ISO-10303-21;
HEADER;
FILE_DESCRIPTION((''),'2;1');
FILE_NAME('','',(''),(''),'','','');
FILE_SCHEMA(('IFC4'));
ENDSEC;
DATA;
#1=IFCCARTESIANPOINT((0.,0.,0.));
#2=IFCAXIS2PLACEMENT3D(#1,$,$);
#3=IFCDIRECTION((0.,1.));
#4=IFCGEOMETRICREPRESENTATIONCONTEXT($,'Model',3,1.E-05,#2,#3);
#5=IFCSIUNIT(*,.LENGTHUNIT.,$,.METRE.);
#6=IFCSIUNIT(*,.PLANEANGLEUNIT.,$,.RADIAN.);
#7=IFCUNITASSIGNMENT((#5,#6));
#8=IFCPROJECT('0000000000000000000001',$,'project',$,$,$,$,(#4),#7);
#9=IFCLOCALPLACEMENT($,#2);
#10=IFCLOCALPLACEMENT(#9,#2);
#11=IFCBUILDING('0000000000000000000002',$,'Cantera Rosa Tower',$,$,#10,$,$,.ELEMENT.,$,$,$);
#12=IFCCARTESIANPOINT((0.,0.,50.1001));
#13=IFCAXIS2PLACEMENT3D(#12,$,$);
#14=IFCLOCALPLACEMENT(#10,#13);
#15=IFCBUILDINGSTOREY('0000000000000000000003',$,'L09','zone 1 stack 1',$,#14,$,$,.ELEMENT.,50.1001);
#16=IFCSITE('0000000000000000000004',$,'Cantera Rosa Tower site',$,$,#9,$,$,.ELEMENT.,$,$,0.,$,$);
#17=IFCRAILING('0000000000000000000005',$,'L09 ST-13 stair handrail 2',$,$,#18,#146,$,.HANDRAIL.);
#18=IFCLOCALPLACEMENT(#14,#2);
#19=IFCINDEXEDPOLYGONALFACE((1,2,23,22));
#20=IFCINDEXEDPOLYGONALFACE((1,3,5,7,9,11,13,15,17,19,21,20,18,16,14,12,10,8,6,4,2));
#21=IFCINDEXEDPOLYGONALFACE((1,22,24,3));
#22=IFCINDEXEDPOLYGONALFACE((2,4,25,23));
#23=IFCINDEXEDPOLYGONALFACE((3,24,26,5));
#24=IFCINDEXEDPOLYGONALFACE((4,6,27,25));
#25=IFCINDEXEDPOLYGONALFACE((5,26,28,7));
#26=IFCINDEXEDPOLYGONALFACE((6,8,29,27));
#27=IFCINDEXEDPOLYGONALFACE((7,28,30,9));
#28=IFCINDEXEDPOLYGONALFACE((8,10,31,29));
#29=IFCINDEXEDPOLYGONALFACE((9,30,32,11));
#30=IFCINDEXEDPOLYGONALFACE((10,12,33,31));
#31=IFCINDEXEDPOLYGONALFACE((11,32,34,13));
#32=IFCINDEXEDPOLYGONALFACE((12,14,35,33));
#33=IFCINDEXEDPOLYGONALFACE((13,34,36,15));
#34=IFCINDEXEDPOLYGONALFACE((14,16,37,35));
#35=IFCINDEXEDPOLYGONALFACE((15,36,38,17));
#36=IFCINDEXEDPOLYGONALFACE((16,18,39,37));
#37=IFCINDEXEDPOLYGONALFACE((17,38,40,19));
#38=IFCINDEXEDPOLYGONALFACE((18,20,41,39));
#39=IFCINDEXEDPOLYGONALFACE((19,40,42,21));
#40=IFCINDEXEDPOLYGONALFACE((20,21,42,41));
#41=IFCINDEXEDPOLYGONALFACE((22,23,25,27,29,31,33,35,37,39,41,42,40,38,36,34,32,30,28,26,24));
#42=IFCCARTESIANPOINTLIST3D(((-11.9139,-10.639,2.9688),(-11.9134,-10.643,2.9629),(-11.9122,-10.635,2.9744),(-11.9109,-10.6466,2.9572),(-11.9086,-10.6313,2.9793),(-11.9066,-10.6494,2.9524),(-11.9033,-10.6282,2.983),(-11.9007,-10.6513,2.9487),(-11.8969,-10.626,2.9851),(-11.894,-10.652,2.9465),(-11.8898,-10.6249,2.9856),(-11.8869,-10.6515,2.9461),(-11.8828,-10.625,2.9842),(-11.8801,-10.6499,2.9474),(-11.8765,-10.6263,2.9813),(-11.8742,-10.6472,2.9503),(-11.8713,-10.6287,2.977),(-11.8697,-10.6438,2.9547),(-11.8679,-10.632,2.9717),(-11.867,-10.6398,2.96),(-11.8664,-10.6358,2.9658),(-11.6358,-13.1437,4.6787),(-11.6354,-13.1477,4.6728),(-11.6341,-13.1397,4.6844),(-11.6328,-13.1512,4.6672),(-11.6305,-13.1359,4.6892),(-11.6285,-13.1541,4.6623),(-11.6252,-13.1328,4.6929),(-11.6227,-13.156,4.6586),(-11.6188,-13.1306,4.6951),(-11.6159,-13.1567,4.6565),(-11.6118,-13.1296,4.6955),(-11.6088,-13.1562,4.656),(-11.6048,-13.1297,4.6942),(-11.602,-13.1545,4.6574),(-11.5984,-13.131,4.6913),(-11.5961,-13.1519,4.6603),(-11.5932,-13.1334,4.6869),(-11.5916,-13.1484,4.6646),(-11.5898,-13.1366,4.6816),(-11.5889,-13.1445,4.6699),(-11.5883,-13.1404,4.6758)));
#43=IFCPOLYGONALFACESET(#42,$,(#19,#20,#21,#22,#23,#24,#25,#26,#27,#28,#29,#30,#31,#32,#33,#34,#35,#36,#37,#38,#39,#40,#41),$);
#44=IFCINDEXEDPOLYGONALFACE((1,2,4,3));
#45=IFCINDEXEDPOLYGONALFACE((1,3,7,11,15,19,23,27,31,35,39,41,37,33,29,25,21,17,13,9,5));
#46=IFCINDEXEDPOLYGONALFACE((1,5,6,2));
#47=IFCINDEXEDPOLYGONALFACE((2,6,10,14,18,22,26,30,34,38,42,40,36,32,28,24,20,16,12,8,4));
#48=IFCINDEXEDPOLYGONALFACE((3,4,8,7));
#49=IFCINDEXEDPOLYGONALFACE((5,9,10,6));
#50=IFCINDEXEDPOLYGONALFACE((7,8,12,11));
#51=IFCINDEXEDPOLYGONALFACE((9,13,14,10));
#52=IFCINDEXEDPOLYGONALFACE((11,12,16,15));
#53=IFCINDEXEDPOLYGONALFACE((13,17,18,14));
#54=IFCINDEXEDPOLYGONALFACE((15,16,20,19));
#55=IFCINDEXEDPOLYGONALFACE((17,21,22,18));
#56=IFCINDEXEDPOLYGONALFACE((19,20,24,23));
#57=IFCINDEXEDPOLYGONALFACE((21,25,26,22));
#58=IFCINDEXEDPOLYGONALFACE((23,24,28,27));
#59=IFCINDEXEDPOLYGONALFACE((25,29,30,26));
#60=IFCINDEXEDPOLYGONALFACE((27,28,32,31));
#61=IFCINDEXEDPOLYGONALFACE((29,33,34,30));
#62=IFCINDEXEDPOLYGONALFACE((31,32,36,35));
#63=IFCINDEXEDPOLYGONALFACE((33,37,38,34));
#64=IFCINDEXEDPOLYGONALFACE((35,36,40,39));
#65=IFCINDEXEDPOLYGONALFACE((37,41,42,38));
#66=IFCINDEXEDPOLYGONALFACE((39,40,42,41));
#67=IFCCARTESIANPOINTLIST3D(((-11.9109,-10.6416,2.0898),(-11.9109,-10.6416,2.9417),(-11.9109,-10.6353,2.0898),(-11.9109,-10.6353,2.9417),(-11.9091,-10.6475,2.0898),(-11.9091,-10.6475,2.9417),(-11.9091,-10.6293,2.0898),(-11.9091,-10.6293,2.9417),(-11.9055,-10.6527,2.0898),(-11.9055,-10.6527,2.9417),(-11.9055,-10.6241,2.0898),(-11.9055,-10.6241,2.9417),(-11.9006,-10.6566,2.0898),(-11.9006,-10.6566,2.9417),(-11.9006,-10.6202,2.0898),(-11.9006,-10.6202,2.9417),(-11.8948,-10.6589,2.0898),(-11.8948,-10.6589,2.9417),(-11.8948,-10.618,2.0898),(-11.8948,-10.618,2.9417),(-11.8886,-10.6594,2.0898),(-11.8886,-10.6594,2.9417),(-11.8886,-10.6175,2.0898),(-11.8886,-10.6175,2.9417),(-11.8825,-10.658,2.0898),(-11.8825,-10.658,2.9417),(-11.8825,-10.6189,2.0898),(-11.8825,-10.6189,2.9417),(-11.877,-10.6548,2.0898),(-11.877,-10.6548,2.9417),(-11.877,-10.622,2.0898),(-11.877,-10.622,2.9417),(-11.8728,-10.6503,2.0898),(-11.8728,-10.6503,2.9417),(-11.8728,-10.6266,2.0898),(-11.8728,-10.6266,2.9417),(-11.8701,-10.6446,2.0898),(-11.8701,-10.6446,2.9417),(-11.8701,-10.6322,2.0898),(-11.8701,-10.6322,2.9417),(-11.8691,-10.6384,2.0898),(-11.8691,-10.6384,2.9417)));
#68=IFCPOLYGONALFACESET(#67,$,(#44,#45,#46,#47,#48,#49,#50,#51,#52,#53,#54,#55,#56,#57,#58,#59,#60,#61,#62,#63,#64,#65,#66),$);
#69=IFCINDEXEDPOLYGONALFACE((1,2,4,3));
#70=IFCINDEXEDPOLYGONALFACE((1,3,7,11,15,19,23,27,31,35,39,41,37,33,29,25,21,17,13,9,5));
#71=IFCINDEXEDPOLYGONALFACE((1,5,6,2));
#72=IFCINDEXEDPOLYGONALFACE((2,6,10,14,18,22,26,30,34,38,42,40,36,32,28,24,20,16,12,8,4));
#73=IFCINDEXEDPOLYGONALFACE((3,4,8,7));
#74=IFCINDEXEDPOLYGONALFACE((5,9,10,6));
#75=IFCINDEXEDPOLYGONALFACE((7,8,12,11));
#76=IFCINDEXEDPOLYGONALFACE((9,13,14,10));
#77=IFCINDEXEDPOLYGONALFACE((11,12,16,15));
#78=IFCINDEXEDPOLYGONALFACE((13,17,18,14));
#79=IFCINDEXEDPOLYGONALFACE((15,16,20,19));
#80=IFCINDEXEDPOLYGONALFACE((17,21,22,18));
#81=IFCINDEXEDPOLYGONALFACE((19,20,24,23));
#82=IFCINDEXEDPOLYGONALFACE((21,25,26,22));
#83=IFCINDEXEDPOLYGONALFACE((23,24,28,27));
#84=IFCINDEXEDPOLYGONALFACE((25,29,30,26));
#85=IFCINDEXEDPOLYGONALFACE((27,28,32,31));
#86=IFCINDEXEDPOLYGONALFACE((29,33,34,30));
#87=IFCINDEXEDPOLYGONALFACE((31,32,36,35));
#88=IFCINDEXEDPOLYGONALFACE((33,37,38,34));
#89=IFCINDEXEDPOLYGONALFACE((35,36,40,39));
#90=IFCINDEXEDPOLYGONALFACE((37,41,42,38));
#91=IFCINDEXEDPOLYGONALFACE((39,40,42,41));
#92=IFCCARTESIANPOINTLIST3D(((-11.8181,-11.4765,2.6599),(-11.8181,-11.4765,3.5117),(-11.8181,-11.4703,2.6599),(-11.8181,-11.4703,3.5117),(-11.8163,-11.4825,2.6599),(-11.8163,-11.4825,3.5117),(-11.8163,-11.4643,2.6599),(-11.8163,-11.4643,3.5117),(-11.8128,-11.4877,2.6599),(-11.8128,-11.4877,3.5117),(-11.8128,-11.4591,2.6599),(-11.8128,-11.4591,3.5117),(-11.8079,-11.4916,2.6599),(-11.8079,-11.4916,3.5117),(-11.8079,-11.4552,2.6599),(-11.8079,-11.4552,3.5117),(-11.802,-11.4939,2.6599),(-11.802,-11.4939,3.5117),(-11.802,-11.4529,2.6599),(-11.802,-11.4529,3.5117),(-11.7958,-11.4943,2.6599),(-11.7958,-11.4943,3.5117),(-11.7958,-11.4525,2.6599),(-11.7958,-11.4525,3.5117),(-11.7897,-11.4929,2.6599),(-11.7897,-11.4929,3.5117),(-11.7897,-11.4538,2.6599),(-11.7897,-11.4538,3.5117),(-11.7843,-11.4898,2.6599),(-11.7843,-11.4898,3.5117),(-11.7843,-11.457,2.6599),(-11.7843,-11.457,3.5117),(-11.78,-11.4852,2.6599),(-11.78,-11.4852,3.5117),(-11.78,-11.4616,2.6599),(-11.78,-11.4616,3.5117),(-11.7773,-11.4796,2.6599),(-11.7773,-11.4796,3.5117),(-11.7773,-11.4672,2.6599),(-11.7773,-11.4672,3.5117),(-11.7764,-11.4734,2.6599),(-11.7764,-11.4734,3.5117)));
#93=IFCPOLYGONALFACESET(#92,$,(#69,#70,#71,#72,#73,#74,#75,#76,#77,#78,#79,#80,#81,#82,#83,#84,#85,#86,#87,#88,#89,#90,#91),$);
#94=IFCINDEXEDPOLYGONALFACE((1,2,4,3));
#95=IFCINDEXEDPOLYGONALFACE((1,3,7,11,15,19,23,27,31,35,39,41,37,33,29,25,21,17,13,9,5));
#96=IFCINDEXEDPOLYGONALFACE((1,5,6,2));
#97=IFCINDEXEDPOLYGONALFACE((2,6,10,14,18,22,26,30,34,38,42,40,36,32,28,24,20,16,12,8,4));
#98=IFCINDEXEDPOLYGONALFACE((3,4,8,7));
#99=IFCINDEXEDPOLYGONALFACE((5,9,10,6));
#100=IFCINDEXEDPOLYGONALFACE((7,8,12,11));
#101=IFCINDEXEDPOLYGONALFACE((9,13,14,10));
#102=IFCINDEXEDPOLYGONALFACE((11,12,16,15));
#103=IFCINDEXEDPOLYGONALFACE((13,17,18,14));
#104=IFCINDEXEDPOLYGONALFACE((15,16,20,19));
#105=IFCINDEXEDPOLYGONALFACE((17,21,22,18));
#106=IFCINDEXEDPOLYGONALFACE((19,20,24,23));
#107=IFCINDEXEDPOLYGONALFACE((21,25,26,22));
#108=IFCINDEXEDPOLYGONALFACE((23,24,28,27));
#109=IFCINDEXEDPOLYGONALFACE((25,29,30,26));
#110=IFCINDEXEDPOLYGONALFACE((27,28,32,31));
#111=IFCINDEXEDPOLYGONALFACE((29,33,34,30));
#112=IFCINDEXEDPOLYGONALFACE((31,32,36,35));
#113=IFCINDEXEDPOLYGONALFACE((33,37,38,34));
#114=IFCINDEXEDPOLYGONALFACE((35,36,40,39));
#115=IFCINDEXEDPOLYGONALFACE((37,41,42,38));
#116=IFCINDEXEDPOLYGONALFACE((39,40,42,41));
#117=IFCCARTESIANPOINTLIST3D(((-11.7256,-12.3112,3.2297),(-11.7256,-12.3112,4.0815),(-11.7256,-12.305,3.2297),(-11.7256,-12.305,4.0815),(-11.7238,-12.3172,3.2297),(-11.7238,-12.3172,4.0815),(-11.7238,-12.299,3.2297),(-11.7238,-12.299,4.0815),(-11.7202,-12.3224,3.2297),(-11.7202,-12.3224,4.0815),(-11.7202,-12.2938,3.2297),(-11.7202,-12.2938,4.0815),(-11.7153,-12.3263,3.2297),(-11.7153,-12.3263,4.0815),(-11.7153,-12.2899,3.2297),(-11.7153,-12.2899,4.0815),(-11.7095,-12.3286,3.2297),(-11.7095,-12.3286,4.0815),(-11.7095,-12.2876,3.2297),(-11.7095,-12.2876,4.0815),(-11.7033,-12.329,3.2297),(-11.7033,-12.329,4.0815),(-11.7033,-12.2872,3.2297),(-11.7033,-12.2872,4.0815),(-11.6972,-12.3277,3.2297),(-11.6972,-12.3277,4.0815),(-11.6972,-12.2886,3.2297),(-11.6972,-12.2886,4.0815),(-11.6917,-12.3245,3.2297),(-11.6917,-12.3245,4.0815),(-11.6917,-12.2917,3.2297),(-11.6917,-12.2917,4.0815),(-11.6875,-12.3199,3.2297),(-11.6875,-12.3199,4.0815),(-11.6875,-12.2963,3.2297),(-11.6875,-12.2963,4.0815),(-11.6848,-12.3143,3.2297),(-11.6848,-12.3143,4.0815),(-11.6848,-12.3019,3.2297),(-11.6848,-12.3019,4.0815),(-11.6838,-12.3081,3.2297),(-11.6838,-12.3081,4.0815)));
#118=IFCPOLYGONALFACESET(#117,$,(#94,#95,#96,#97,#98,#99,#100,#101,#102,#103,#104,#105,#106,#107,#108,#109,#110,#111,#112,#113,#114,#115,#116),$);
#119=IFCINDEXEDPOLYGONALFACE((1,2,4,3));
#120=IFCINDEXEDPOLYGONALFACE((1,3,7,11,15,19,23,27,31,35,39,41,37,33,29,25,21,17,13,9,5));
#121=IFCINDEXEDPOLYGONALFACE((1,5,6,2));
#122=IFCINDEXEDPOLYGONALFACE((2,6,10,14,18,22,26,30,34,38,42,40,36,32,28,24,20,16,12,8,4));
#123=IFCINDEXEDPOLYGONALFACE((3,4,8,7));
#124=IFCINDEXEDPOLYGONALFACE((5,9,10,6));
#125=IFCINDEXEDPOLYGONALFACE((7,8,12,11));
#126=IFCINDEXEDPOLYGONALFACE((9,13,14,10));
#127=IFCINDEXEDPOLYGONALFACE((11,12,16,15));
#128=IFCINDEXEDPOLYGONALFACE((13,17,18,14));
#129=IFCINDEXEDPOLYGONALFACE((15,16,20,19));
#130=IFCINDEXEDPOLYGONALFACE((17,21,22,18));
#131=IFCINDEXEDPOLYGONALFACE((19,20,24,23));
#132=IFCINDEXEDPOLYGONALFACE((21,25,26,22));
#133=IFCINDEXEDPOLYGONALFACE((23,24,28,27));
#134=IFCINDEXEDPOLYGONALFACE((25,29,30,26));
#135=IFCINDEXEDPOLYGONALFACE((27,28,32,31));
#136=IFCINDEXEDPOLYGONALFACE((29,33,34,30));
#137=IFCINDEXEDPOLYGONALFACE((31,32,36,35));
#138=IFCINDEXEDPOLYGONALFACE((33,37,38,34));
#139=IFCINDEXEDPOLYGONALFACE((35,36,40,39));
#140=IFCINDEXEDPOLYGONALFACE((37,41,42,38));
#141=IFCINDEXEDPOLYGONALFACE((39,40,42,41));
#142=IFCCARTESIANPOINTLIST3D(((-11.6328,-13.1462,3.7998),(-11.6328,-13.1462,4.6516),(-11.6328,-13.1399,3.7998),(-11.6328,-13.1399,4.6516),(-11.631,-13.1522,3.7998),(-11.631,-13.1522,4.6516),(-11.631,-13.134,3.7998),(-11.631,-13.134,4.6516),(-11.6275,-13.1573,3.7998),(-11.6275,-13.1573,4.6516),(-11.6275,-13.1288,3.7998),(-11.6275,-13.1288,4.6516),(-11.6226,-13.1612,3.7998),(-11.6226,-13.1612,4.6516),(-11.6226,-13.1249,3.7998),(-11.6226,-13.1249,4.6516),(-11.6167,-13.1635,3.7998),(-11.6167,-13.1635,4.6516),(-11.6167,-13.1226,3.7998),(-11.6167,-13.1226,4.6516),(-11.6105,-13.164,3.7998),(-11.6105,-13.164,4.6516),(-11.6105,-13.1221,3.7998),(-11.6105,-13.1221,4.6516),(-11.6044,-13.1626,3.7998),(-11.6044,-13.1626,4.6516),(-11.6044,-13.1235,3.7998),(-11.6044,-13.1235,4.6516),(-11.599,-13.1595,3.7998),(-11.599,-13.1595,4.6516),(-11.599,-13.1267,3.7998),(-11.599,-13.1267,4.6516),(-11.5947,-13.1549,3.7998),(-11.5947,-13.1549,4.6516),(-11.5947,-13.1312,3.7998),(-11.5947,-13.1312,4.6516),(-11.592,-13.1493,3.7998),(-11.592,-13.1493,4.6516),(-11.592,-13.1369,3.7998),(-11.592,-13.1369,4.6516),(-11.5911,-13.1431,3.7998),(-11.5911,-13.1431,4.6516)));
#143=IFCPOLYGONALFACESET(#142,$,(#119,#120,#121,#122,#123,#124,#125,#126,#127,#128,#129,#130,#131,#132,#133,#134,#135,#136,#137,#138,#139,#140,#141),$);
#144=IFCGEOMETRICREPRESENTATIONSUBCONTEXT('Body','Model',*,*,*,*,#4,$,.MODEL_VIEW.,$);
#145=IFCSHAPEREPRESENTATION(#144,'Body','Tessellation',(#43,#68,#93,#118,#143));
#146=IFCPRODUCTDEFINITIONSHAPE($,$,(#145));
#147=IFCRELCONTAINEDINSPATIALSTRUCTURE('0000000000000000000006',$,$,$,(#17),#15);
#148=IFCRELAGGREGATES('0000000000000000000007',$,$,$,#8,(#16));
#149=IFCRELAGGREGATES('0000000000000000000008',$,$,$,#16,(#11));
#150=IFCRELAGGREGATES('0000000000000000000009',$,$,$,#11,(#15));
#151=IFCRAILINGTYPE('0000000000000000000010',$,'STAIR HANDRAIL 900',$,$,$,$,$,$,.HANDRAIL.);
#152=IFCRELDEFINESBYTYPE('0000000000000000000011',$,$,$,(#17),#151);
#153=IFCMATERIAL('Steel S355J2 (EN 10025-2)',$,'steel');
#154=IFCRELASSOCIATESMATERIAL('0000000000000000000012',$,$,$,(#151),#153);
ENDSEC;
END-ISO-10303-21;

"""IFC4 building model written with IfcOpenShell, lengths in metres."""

from ifc_helpers import new_model, si_unit, direction, frame, origin, origin_2d, place, context, subcontext, project, spatial, circle, extrude, material, type_object, element, save


model = new_model("IFC4")

# Units and contexts
model_context = context("Model", 3, precision=1e-05, world=origin(), true_north=direction((0.0, 1.0)))
body_context = subcontext(model_context, "Body", "Model", "MODEL_VIEW")
ifc_project = project(units=[si_unit("LENGTHUNIT", "METRE"), si_unit("PLANEANGLEUNIT", "RADIAN")], contexts=[model_context])

# Site, building, storey
site_placement = place(None, origin())
site = spatial("IfcSite", under=ifc_project, at=site_placement, Name="Cantera Rosa Tower site", CompositionType="ELEMENT", RefElevation=0.0)
building_placement = place(site_placement, origin())
building = spatial("IfcBuilding", under=site, at=building_placement, Name="Cantera Rosa Tower", CompositionType="ELEMENT")
storey_placement = place(building_placement, frame((0.0, 0.0, 50.1001)))
storey = spatial("IfcBuildingStorey", under=building, at=storey_placement, Name="L09", Description="zone 1 stack 1", CompositionType="ELEMENT", Elevation=50.1001)

# Railing
ifc_material_1 = material(Name="Steel S355J2 (EN 10025-2)", Category="steel")
railing_type_1 = type_object("IfcRailingType", Name="STAIR HANDRAIL 900", PredefinedType="HANDRAIL", material=ifc_material_1)
railing_1_placement = place(storey_placement, frame((-11.8901, -10.6384, 2.0898)))
element("IfcRailing", 1, at=railing_1_placement, inside=storey, type_object=railing_type_1, Name="L09 ST-13 stair handrail 2", PredefinedType="HANDRAIL", context=body_context, shape_type="SweptSolid", body=[
    extrude(circle(Radius=0.0239, at=origin_2d()), frame((0.0, 0.0, 0.876), z_axis=(0.09131, -0.822431, 0.561488), x_axis=(0.993893, 0.110346, 0.0)), (0.0, 0.0, 1.0), 3.0454),
    extrude(circle(Radius=0.021, at=origin_2d()), origin(), (0.0, 0.0, 1.0), 0.8518),
    extrude(circle(Radius=0.021, at=origin_2d()), frame((0.0928, -0.835, 0.5701)), (0.0, 0.0, 1.0), 0.8518),
    extrude(circle(Radius=0.021, at=origin_2d()), frame((0.1853, -1.6697, 1.1399)), (0.0, 0.0, 1.0), 0.8518),
    extrude(circle(Radius=0.021, at=origin_2d()), frame((0.2781, -2.5046, 1.71)), (0.0, 0.0, 1.0), 0.8518),
])

save(model, "model.ifc")
